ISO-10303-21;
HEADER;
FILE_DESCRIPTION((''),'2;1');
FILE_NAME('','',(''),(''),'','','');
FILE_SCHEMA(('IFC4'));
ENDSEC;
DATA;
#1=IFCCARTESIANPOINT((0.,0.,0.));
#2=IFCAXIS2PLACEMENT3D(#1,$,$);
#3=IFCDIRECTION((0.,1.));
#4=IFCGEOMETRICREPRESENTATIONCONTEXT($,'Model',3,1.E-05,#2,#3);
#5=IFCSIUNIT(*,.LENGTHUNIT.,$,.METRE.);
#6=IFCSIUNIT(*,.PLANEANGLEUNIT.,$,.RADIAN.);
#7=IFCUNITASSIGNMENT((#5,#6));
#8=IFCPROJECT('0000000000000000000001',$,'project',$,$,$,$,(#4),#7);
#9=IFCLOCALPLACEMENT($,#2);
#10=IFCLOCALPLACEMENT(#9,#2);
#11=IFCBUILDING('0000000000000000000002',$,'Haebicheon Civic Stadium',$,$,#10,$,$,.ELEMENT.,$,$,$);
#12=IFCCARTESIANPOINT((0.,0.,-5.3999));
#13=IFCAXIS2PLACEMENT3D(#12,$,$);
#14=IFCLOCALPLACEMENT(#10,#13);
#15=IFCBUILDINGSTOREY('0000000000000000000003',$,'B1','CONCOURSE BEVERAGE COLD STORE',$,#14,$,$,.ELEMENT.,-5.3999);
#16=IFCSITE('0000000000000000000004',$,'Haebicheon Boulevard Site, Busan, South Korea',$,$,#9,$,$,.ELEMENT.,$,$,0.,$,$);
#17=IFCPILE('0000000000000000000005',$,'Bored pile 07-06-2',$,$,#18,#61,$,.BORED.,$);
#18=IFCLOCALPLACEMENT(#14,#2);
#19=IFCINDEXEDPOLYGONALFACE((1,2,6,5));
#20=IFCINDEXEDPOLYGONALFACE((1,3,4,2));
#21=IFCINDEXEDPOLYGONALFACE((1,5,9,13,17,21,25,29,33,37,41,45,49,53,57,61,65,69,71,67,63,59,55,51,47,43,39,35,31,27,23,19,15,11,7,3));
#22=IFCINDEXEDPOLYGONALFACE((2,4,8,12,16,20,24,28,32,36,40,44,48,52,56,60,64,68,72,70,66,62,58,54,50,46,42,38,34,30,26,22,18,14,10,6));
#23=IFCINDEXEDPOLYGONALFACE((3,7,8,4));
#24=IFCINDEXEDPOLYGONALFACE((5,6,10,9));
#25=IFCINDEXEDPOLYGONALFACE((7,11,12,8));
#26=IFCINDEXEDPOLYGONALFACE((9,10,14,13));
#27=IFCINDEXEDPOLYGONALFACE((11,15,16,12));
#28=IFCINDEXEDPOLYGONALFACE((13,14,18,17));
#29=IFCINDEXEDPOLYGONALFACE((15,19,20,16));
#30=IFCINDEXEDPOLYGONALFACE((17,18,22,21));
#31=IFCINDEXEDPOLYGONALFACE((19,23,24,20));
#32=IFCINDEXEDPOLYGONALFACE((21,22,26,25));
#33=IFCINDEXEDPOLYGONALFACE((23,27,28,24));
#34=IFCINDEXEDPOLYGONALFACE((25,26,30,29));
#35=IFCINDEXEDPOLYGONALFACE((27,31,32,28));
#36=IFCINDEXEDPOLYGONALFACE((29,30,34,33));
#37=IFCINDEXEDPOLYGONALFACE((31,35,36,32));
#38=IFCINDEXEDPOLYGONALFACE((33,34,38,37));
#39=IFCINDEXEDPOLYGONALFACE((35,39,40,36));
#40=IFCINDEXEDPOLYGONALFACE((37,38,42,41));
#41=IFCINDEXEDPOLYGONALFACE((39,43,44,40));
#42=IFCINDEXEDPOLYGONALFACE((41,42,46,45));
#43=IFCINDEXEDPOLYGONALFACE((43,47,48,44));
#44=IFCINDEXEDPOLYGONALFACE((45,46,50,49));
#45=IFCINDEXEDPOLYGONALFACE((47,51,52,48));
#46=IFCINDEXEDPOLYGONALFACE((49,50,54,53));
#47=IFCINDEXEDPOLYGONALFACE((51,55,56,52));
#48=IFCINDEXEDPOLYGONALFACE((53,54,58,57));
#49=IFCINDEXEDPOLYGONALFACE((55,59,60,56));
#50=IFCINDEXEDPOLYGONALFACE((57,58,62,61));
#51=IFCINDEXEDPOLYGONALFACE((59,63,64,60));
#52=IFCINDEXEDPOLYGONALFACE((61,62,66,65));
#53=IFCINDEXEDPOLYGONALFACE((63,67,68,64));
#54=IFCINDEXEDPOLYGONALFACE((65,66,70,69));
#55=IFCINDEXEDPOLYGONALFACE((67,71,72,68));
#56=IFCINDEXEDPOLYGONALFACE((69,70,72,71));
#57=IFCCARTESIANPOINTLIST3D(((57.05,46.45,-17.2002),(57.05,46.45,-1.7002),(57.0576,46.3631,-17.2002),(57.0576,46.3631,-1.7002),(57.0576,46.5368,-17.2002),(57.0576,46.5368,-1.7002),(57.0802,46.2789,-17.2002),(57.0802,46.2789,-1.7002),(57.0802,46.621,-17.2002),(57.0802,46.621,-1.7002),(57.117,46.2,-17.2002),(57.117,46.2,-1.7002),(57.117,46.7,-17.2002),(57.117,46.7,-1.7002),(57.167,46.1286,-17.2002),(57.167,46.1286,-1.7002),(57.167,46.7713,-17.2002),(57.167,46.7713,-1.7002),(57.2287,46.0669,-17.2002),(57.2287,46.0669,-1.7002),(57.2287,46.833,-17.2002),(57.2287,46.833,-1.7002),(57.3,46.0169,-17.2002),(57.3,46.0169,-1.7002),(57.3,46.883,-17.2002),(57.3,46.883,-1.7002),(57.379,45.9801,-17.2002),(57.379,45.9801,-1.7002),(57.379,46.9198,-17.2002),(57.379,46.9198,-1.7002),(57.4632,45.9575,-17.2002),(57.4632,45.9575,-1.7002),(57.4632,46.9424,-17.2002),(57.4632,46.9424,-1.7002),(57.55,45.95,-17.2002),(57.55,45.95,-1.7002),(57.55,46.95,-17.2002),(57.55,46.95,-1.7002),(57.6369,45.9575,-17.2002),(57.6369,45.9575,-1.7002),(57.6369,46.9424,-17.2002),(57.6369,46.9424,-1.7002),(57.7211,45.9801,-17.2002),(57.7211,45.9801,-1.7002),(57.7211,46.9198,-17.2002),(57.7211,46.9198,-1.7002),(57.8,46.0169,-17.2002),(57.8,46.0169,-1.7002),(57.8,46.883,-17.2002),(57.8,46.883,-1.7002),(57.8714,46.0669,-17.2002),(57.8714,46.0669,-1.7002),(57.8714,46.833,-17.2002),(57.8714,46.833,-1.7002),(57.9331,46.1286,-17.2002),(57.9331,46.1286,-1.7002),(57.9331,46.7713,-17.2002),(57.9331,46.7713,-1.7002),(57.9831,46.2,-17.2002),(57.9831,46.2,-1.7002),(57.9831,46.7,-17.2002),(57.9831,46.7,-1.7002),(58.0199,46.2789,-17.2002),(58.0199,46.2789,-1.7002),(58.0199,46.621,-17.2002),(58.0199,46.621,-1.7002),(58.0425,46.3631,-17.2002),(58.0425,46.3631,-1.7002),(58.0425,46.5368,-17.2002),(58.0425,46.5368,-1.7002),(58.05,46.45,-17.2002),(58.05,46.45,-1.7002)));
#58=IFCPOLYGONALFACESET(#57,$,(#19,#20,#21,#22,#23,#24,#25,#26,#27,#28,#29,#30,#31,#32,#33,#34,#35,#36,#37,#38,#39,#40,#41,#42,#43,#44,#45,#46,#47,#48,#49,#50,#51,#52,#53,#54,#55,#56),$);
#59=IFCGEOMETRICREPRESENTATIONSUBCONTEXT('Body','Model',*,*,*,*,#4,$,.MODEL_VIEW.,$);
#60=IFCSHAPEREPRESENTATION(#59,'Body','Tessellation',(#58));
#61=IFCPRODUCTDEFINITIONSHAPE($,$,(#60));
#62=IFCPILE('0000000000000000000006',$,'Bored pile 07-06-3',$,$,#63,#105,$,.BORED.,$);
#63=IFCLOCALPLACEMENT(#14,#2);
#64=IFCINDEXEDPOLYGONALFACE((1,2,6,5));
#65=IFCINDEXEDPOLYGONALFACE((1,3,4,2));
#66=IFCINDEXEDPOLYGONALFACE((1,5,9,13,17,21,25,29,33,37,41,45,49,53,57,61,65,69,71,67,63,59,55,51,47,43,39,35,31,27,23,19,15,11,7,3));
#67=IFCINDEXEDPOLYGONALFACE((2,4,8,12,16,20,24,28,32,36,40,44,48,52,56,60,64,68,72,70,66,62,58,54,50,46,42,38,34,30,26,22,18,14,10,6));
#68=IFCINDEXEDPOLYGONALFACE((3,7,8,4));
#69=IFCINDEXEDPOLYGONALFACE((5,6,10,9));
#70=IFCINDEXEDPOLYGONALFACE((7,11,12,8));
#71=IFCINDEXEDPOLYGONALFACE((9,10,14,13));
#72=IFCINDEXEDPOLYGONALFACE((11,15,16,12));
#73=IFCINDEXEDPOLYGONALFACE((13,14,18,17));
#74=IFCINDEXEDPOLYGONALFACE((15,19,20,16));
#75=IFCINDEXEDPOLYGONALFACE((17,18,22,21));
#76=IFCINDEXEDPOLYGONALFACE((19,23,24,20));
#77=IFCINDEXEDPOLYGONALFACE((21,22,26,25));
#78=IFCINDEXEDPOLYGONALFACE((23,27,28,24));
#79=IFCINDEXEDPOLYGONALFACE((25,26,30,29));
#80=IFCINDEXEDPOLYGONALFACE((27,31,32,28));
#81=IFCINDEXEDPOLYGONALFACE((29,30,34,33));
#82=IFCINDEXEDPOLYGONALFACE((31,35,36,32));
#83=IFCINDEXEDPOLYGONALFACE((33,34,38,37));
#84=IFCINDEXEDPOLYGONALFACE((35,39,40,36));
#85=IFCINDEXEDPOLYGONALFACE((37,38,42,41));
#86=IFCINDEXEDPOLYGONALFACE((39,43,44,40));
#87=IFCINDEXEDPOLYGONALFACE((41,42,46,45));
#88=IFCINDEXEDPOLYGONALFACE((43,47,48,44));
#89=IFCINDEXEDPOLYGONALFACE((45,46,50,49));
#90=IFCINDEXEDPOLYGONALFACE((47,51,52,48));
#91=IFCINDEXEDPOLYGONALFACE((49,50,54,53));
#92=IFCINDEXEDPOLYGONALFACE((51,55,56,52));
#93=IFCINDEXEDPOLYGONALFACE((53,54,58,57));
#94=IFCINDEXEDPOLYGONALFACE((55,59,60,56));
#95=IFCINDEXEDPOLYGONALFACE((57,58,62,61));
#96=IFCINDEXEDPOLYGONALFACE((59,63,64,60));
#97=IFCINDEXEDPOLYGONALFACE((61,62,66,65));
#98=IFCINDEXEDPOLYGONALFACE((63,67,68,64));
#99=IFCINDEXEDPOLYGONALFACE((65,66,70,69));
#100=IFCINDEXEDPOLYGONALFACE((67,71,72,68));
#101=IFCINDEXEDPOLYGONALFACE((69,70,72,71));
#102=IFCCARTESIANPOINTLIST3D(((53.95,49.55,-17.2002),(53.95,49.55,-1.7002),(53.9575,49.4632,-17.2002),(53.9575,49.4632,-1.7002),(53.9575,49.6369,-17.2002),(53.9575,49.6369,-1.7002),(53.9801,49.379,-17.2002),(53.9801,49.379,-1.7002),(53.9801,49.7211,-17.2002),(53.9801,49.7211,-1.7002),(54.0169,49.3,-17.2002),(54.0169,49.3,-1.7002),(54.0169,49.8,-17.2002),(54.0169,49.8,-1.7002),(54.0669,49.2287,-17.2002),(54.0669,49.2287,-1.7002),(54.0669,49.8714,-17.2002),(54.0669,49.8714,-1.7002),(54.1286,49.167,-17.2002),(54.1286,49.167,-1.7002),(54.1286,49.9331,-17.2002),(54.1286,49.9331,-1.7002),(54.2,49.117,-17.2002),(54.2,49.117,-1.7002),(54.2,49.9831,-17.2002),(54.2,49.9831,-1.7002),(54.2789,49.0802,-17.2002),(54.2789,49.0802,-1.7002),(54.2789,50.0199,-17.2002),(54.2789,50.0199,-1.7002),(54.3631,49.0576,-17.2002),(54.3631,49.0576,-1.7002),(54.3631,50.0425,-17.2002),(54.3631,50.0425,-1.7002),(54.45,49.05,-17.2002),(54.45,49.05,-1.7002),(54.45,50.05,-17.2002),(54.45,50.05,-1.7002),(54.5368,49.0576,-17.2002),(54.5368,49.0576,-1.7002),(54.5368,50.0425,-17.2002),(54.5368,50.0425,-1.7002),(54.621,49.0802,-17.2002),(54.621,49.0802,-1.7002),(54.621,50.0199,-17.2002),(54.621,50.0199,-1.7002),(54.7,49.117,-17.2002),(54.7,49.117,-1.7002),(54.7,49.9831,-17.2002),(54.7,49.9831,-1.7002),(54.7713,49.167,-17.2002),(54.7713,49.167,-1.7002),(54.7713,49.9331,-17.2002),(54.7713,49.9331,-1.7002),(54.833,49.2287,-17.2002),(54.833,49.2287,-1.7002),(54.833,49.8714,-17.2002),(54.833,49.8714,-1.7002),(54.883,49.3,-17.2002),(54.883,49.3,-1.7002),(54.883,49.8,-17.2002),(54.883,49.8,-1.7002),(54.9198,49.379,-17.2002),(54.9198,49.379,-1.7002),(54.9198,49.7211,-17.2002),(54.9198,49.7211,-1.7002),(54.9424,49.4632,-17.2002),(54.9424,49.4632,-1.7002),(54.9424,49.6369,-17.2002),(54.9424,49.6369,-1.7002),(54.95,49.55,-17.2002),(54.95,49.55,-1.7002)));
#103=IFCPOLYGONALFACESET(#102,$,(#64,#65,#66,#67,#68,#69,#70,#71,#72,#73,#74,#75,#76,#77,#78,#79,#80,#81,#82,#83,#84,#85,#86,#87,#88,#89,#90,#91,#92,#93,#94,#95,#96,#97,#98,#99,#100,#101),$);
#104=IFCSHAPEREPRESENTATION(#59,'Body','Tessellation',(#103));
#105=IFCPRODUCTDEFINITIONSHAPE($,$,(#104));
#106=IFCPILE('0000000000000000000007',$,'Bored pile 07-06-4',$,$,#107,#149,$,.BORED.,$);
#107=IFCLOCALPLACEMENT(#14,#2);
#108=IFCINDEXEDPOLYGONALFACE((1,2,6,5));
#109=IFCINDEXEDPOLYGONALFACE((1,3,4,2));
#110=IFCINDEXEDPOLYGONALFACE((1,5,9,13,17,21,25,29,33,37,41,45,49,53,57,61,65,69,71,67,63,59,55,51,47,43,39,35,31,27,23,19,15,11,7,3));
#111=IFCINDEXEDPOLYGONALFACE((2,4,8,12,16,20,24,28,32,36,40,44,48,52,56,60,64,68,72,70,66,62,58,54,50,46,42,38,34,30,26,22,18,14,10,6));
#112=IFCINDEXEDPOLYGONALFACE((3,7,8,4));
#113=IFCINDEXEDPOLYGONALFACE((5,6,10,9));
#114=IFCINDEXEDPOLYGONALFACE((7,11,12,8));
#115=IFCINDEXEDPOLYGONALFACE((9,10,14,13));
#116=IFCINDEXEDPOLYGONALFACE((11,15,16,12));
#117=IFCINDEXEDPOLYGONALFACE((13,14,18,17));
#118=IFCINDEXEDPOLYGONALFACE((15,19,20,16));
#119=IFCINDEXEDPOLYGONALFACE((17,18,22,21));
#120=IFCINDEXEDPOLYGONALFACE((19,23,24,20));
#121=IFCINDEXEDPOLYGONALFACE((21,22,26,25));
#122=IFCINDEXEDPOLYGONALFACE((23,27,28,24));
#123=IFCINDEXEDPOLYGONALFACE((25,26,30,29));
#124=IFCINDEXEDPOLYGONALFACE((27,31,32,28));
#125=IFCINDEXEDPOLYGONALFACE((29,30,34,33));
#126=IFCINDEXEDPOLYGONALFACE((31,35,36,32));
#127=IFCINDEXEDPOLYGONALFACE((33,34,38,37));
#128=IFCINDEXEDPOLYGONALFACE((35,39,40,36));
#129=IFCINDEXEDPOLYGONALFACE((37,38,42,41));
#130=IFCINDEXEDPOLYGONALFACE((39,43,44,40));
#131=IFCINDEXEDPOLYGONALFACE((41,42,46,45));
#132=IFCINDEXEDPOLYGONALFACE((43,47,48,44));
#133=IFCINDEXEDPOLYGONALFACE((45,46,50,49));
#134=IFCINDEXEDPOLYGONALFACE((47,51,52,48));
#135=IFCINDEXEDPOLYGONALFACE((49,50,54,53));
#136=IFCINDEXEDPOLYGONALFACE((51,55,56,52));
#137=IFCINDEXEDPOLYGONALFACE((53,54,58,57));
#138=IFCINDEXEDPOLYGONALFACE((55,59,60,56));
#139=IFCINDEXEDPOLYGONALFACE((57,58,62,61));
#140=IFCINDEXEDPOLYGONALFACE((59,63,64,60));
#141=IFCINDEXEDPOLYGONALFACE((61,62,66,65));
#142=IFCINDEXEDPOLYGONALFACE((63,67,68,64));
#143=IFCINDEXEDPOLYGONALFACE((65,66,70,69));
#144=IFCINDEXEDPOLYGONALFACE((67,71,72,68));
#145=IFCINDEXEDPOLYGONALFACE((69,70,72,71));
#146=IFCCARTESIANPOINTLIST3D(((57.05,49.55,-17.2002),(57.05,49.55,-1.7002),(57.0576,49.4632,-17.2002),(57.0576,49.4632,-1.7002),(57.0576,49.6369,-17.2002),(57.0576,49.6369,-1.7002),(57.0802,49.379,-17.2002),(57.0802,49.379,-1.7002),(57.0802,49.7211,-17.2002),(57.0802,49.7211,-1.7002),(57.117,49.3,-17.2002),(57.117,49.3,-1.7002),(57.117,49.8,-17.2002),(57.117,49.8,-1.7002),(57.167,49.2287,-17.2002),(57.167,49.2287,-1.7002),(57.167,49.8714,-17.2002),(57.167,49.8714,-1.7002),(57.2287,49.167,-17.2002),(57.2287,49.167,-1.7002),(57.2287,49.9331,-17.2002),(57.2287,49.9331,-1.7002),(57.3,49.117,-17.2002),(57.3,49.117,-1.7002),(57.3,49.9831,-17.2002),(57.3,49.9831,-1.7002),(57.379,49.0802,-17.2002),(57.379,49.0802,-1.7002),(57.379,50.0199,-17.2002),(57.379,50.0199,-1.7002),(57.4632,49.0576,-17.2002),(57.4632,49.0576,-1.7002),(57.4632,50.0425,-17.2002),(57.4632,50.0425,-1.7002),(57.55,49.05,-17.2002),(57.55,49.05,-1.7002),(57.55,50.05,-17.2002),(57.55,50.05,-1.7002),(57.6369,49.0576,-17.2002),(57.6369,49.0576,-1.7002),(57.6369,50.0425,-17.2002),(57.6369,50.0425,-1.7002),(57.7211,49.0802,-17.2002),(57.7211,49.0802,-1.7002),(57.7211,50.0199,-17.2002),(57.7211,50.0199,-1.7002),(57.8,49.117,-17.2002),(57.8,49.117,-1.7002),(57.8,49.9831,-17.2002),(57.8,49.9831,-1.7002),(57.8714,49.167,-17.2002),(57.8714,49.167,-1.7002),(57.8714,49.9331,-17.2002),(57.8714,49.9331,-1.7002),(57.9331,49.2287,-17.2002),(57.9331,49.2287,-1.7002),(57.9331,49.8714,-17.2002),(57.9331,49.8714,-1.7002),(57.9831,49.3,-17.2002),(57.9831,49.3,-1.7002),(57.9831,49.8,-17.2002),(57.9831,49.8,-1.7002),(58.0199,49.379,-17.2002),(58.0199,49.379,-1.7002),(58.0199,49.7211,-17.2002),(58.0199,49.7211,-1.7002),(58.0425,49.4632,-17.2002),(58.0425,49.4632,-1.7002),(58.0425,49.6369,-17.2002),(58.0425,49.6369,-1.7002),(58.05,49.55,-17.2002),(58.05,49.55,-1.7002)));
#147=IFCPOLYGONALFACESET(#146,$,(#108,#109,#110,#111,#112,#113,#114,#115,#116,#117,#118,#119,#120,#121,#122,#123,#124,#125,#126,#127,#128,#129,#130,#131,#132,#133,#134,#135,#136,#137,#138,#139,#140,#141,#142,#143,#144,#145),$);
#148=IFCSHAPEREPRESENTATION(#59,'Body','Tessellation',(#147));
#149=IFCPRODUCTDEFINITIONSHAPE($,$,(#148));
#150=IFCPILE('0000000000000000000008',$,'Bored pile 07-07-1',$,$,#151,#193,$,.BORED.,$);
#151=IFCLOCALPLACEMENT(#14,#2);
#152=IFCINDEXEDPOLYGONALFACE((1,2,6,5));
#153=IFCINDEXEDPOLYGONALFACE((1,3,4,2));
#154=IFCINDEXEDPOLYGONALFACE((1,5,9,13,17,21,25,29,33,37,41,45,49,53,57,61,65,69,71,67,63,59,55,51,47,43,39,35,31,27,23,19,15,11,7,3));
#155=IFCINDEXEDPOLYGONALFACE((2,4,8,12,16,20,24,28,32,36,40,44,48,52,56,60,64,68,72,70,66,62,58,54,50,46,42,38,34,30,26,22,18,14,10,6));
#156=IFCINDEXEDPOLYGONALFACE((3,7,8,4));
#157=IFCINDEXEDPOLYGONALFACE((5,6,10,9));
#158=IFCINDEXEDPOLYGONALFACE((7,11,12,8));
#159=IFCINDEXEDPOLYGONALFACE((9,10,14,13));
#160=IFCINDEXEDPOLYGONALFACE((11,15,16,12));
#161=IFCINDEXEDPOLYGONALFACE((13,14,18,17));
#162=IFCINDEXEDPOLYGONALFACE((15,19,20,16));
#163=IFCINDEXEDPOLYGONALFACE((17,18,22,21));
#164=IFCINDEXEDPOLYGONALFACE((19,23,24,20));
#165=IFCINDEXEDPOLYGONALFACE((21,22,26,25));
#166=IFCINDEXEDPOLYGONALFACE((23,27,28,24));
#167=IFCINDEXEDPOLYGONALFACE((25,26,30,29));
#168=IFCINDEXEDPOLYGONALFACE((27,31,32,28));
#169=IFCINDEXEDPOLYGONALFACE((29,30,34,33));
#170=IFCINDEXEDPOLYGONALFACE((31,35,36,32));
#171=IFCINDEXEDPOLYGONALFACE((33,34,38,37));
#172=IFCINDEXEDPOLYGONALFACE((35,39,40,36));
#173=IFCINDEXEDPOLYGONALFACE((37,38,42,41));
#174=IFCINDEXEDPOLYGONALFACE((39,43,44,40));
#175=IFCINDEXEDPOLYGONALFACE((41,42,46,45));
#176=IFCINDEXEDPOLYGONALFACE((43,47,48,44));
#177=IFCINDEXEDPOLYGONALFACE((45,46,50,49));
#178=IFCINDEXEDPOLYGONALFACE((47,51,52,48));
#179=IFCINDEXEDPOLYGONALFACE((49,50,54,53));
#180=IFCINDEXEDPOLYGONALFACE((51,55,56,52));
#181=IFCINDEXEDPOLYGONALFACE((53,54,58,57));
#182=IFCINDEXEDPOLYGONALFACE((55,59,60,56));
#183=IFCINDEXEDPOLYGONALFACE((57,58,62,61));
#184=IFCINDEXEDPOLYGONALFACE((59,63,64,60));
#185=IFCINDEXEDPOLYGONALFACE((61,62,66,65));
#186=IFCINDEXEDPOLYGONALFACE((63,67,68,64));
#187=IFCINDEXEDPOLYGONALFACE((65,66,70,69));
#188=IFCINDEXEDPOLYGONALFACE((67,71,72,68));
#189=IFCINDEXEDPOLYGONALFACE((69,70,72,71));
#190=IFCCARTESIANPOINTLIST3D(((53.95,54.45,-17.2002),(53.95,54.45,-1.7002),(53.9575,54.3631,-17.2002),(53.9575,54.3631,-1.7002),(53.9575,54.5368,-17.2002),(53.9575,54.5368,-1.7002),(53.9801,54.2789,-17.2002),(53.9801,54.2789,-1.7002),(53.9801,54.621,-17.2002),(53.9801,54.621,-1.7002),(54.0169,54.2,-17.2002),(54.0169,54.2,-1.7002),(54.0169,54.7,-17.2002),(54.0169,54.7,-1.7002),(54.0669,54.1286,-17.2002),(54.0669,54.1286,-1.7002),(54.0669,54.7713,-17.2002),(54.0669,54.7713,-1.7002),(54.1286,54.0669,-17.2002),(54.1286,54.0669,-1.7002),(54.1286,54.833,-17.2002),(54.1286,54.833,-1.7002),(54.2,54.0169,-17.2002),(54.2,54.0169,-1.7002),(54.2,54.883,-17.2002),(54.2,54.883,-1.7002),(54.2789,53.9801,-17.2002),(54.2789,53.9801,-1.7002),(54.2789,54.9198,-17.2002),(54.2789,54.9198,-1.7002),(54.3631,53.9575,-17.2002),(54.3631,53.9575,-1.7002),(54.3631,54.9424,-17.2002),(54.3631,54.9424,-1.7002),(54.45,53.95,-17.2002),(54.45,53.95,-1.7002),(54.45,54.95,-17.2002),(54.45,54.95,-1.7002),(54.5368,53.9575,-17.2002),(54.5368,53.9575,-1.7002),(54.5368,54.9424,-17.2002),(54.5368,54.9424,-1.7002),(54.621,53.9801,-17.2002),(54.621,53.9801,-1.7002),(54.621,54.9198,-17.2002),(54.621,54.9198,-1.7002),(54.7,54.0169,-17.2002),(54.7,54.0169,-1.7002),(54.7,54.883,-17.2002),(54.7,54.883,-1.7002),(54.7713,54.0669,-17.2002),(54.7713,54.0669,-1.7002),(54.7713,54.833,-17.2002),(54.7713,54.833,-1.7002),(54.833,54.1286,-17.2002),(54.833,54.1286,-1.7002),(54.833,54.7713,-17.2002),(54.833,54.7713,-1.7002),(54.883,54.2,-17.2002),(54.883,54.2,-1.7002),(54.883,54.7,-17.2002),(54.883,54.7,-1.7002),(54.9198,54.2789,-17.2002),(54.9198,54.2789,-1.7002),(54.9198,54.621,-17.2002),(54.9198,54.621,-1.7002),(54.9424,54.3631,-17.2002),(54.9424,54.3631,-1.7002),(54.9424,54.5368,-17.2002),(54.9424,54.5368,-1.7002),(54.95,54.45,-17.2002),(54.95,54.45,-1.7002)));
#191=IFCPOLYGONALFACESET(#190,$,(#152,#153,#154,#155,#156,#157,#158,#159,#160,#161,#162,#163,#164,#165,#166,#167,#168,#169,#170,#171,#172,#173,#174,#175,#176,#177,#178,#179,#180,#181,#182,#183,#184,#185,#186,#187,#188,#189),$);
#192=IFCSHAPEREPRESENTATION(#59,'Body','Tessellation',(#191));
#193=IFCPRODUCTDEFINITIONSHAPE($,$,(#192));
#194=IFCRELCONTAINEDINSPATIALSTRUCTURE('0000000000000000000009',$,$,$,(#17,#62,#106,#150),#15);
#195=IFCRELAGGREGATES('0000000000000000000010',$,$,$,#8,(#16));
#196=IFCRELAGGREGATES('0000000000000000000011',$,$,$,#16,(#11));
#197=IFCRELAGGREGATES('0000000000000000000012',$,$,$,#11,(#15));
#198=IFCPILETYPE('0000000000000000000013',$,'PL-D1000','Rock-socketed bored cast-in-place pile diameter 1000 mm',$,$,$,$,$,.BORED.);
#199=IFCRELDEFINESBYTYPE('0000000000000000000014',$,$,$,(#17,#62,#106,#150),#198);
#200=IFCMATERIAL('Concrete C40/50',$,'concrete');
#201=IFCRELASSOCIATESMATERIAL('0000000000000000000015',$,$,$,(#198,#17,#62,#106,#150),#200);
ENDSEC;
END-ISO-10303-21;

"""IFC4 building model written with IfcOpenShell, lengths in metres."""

from ifc_helpers import new_model, si_unit, direction, frame, origin, origin_2d, place, context, subcontext, project, spatial, circle, extrude, material, material_profile, profile_set, type_object, element, save


model = new_model("IFC4")

# Units and contexts
model_context = context("Model", 3, precision=1e-05, world=origin(), true_north=direction((0.0, 1.0)))
body_context = subcontext(model_context, "Body", "Model", "MODEL_VIEW")
ifc_project = project(units=[si_unit("LENGTHUNIT", "METRE"), si_unit("PLANEANGLEUNIT", "RADIAN")], contexts=[model_context])

# Site, building, storey
site_placement = place(None, origin())
site = spatial("IfcSite", under=ifc_project, at=site_placement, Name="Haebicheon Boulevard Site, Busan, South Korea", CompositionType="ELEMENT", RefElevation=0.0)
building_placement = place(site_placement, origin())
building = spatial("IfcBuilding", under=site, at=building_placement, Name="Haebicheon Civic Stadium", CompositionType="ELEMENT")
storey_placement = place(building_placement, frame((0.0, 0.0, -5.3999)))
storey = spatial("IfcBuildingStorey", under=building, at=storey_placement, Name="B1", Description="CONCOURSE BEVERAGE COLD STORE", CompositionType="ELEMENT", Elevation=-5.3999)

# Piles
ifc_material_1 = material(Name="Concrete C40/50", Category="concrete")
ifc_material_profile_1 = material_profile(ifc_material_1, circle(Radius=0.5, at=origin_2d()), Name="PILE-D1000")
ifc_profile_set_1 = profile_set([ifc_material_profile_1], Name="Concrete C40/50")
pile_type = type_object("IfcPileType", Name="PL-D1000", Description="Rock-socketed bored cast-in-place pile diameter 1000 mm", PredefinedType="BORED", material=ifc_profile_set_1)
for number, where, z_axis, x_axis, name in (
    (1, (57.55, 46.45, -1.7002), (0.0, 0.0, -1.0), (1.0, 0.0, 0.0), "Bored pile 07-06-2"),
    (2, (54.45, 49.55, -1.7002), (0.0, 0.0, -1.0), (1.0, 0.0, 0.0), "Bored pile 07-06-3"),
    (3, (57.55, 49.55, -1.7002), (0.0, 0.0, -1.0), (1.0, 0.0, 0.0), "Bored pile 07-06-4"),
    (4, (54.45, 54.45, -1.7002), (0.0, 0.0, -1.0), (1.0, 0.0, 0.0), "Bored pile 07-07-1"),
):
    element("IfcPile", number, at=place(storey_placement, frame(where, z_axis=z_axis, x_axis=x_axis)), inside=storey, type_object=pile_type, material=ifc_profile_set_1, Name=name, PredefinedType="BORED", context=body_context, shape_type="SweptSolid", body=[
        extrude(circle(Radius=0.5, at=origin_2d()), origin(), (0.0, 0.0, 1.0), 15.5),
    ])

save(model, "model.ifc")
